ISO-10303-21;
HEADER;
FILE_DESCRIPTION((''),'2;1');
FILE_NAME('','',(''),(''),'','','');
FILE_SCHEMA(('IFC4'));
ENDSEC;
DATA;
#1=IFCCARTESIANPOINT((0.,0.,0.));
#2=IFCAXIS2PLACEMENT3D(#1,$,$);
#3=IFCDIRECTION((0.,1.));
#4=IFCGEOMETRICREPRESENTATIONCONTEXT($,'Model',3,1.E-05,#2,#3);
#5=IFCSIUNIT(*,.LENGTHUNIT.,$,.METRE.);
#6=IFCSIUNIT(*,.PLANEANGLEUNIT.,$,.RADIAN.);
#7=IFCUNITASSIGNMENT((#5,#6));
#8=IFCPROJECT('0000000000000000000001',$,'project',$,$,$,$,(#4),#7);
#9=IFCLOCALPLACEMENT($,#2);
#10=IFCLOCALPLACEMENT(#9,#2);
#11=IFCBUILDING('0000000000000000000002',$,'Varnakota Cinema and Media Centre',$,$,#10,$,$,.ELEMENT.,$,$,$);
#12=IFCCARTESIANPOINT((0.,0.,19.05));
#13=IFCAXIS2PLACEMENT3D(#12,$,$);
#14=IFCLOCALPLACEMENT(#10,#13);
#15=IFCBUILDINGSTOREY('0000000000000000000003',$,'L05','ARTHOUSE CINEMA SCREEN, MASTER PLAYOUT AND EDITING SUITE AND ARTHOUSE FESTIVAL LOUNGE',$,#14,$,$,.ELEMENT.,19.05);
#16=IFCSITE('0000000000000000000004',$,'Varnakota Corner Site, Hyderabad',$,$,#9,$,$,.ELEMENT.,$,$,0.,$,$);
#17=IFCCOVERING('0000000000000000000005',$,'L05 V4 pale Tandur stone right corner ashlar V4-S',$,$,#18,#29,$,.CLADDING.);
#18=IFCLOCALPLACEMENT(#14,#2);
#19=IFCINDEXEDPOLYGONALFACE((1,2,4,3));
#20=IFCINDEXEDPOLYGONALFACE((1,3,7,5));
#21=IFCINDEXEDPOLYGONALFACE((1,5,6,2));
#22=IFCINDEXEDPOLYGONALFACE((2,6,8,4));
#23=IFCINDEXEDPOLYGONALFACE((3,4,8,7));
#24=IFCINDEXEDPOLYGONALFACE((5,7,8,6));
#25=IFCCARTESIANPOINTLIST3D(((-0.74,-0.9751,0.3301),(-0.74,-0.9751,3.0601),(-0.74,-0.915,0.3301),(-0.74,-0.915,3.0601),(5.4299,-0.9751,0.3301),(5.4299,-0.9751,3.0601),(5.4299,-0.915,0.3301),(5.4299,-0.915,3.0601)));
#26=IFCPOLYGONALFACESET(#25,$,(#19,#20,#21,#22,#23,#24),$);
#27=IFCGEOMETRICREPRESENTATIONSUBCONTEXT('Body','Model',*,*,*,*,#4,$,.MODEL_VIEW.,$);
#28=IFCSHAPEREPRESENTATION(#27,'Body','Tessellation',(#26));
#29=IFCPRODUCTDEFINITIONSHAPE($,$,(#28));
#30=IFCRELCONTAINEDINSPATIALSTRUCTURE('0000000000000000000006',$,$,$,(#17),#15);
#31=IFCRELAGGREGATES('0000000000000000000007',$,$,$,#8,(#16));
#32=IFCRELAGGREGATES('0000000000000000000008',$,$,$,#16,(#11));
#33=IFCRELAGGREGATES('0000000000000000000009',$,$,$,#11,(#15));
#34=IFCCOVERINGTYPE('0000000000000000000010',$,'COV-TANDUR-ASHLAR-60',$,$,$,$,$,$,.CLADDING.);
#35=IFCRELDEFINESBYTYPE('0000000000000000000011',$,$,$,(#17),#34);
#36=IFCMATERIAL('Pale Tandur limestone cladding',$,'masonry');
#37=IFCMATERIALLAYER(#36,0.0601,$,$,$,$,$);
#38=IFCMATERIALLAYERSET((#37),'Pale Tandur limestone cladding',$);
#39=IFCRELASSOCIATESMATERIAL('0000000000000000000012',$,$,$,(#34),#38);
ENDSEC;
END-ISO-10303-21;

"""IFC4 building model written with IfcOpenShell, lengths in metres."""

from ifc_helpers import new_model, si_unit, direction, frame, origin, origin_2d, place, context, subcontext, project, spatial, rectangle, extrude, material, layer, layer_set, type_object, element, save


model = new_model("IFC4")

# Units and contexts
model_context = context("Model", 3, precision=1e-05, world=origin(), true_north=direction((0.0, 1.0)))
body_context = subcontext(model_context, "Body", "Model", "MODEL_VIEW")
ifc_project = project(units=[si_unit("LENGTHUNIT", "METRE"), si_unit("PLANEANGLEUNIT", "RADIAN")], contexts=[model_context])

# Site, building, storey
site_placement = place(None, origin())
site = spatial("IfcSite", under=ifc_project, at=site_placement, Name="Varnakota Corner Site, Hyderabad", CompositionType="ELEMENT", RefElevation=0.0)
building_placement = place(site_placement, origin())
building = spatial("IfcBuilding", under=site, at=building_placement, Name="Varnakota Cinema and Media Centre", CompositionType="ELEMENT")
storey_placement = place(building_placement, frame((0.0, 0.0, 19.05)))
storey = spatial("IfcBuildingStorey", under=building, at=storey_placement, Name="L05", Description="ARTHOUSE CINEMA SCREEN, MASTER PLAYOUT AND EDITING SUITE AND ARTHOUSE FESTIVAL LOUNGE", CompositionType="ELEMENT", Elevation=19.05)

# Covering
ifc_material_1 = material(Name="Pale Tandur limestone cladding", Category="masonry")
ifc_layer_1 = layer(ifc_material_1, 0.0601)
ifc_layer_set_1 = layer_set([ifc_layer_1], Name="Pale Tandur limestone cladding")
covering_type_1 = type_object("IfcCoveringType", Name="COV-TANDUR-ASHLAR-60", PredefinedType="CLADDING", material=ifc_layer_set_1)
covering_1_placement = place(storey_placement, frame((2.345, -0.9451, 0.3301), z_axis=(0.0, 0.0, 1.0), x_axis=(-1.0, 0.0, 0.0)))
element("IfcCovering", 1, at=covering_1_placement, inside=storey, type_object=covering_type_1, Name="L05 V4 pale Tandur stone right corner ashlar V4-S", PredefinedType="CLADDING", context=body_context, shape_type="SweptSolid", body=[
    extrude(rectangle(XDim=6.1699, YDim=0.0601, at=origin_2d()), origin(), (0.0, 0.0, 1.0), 2.73),
])

save(model, "model.ifc")
